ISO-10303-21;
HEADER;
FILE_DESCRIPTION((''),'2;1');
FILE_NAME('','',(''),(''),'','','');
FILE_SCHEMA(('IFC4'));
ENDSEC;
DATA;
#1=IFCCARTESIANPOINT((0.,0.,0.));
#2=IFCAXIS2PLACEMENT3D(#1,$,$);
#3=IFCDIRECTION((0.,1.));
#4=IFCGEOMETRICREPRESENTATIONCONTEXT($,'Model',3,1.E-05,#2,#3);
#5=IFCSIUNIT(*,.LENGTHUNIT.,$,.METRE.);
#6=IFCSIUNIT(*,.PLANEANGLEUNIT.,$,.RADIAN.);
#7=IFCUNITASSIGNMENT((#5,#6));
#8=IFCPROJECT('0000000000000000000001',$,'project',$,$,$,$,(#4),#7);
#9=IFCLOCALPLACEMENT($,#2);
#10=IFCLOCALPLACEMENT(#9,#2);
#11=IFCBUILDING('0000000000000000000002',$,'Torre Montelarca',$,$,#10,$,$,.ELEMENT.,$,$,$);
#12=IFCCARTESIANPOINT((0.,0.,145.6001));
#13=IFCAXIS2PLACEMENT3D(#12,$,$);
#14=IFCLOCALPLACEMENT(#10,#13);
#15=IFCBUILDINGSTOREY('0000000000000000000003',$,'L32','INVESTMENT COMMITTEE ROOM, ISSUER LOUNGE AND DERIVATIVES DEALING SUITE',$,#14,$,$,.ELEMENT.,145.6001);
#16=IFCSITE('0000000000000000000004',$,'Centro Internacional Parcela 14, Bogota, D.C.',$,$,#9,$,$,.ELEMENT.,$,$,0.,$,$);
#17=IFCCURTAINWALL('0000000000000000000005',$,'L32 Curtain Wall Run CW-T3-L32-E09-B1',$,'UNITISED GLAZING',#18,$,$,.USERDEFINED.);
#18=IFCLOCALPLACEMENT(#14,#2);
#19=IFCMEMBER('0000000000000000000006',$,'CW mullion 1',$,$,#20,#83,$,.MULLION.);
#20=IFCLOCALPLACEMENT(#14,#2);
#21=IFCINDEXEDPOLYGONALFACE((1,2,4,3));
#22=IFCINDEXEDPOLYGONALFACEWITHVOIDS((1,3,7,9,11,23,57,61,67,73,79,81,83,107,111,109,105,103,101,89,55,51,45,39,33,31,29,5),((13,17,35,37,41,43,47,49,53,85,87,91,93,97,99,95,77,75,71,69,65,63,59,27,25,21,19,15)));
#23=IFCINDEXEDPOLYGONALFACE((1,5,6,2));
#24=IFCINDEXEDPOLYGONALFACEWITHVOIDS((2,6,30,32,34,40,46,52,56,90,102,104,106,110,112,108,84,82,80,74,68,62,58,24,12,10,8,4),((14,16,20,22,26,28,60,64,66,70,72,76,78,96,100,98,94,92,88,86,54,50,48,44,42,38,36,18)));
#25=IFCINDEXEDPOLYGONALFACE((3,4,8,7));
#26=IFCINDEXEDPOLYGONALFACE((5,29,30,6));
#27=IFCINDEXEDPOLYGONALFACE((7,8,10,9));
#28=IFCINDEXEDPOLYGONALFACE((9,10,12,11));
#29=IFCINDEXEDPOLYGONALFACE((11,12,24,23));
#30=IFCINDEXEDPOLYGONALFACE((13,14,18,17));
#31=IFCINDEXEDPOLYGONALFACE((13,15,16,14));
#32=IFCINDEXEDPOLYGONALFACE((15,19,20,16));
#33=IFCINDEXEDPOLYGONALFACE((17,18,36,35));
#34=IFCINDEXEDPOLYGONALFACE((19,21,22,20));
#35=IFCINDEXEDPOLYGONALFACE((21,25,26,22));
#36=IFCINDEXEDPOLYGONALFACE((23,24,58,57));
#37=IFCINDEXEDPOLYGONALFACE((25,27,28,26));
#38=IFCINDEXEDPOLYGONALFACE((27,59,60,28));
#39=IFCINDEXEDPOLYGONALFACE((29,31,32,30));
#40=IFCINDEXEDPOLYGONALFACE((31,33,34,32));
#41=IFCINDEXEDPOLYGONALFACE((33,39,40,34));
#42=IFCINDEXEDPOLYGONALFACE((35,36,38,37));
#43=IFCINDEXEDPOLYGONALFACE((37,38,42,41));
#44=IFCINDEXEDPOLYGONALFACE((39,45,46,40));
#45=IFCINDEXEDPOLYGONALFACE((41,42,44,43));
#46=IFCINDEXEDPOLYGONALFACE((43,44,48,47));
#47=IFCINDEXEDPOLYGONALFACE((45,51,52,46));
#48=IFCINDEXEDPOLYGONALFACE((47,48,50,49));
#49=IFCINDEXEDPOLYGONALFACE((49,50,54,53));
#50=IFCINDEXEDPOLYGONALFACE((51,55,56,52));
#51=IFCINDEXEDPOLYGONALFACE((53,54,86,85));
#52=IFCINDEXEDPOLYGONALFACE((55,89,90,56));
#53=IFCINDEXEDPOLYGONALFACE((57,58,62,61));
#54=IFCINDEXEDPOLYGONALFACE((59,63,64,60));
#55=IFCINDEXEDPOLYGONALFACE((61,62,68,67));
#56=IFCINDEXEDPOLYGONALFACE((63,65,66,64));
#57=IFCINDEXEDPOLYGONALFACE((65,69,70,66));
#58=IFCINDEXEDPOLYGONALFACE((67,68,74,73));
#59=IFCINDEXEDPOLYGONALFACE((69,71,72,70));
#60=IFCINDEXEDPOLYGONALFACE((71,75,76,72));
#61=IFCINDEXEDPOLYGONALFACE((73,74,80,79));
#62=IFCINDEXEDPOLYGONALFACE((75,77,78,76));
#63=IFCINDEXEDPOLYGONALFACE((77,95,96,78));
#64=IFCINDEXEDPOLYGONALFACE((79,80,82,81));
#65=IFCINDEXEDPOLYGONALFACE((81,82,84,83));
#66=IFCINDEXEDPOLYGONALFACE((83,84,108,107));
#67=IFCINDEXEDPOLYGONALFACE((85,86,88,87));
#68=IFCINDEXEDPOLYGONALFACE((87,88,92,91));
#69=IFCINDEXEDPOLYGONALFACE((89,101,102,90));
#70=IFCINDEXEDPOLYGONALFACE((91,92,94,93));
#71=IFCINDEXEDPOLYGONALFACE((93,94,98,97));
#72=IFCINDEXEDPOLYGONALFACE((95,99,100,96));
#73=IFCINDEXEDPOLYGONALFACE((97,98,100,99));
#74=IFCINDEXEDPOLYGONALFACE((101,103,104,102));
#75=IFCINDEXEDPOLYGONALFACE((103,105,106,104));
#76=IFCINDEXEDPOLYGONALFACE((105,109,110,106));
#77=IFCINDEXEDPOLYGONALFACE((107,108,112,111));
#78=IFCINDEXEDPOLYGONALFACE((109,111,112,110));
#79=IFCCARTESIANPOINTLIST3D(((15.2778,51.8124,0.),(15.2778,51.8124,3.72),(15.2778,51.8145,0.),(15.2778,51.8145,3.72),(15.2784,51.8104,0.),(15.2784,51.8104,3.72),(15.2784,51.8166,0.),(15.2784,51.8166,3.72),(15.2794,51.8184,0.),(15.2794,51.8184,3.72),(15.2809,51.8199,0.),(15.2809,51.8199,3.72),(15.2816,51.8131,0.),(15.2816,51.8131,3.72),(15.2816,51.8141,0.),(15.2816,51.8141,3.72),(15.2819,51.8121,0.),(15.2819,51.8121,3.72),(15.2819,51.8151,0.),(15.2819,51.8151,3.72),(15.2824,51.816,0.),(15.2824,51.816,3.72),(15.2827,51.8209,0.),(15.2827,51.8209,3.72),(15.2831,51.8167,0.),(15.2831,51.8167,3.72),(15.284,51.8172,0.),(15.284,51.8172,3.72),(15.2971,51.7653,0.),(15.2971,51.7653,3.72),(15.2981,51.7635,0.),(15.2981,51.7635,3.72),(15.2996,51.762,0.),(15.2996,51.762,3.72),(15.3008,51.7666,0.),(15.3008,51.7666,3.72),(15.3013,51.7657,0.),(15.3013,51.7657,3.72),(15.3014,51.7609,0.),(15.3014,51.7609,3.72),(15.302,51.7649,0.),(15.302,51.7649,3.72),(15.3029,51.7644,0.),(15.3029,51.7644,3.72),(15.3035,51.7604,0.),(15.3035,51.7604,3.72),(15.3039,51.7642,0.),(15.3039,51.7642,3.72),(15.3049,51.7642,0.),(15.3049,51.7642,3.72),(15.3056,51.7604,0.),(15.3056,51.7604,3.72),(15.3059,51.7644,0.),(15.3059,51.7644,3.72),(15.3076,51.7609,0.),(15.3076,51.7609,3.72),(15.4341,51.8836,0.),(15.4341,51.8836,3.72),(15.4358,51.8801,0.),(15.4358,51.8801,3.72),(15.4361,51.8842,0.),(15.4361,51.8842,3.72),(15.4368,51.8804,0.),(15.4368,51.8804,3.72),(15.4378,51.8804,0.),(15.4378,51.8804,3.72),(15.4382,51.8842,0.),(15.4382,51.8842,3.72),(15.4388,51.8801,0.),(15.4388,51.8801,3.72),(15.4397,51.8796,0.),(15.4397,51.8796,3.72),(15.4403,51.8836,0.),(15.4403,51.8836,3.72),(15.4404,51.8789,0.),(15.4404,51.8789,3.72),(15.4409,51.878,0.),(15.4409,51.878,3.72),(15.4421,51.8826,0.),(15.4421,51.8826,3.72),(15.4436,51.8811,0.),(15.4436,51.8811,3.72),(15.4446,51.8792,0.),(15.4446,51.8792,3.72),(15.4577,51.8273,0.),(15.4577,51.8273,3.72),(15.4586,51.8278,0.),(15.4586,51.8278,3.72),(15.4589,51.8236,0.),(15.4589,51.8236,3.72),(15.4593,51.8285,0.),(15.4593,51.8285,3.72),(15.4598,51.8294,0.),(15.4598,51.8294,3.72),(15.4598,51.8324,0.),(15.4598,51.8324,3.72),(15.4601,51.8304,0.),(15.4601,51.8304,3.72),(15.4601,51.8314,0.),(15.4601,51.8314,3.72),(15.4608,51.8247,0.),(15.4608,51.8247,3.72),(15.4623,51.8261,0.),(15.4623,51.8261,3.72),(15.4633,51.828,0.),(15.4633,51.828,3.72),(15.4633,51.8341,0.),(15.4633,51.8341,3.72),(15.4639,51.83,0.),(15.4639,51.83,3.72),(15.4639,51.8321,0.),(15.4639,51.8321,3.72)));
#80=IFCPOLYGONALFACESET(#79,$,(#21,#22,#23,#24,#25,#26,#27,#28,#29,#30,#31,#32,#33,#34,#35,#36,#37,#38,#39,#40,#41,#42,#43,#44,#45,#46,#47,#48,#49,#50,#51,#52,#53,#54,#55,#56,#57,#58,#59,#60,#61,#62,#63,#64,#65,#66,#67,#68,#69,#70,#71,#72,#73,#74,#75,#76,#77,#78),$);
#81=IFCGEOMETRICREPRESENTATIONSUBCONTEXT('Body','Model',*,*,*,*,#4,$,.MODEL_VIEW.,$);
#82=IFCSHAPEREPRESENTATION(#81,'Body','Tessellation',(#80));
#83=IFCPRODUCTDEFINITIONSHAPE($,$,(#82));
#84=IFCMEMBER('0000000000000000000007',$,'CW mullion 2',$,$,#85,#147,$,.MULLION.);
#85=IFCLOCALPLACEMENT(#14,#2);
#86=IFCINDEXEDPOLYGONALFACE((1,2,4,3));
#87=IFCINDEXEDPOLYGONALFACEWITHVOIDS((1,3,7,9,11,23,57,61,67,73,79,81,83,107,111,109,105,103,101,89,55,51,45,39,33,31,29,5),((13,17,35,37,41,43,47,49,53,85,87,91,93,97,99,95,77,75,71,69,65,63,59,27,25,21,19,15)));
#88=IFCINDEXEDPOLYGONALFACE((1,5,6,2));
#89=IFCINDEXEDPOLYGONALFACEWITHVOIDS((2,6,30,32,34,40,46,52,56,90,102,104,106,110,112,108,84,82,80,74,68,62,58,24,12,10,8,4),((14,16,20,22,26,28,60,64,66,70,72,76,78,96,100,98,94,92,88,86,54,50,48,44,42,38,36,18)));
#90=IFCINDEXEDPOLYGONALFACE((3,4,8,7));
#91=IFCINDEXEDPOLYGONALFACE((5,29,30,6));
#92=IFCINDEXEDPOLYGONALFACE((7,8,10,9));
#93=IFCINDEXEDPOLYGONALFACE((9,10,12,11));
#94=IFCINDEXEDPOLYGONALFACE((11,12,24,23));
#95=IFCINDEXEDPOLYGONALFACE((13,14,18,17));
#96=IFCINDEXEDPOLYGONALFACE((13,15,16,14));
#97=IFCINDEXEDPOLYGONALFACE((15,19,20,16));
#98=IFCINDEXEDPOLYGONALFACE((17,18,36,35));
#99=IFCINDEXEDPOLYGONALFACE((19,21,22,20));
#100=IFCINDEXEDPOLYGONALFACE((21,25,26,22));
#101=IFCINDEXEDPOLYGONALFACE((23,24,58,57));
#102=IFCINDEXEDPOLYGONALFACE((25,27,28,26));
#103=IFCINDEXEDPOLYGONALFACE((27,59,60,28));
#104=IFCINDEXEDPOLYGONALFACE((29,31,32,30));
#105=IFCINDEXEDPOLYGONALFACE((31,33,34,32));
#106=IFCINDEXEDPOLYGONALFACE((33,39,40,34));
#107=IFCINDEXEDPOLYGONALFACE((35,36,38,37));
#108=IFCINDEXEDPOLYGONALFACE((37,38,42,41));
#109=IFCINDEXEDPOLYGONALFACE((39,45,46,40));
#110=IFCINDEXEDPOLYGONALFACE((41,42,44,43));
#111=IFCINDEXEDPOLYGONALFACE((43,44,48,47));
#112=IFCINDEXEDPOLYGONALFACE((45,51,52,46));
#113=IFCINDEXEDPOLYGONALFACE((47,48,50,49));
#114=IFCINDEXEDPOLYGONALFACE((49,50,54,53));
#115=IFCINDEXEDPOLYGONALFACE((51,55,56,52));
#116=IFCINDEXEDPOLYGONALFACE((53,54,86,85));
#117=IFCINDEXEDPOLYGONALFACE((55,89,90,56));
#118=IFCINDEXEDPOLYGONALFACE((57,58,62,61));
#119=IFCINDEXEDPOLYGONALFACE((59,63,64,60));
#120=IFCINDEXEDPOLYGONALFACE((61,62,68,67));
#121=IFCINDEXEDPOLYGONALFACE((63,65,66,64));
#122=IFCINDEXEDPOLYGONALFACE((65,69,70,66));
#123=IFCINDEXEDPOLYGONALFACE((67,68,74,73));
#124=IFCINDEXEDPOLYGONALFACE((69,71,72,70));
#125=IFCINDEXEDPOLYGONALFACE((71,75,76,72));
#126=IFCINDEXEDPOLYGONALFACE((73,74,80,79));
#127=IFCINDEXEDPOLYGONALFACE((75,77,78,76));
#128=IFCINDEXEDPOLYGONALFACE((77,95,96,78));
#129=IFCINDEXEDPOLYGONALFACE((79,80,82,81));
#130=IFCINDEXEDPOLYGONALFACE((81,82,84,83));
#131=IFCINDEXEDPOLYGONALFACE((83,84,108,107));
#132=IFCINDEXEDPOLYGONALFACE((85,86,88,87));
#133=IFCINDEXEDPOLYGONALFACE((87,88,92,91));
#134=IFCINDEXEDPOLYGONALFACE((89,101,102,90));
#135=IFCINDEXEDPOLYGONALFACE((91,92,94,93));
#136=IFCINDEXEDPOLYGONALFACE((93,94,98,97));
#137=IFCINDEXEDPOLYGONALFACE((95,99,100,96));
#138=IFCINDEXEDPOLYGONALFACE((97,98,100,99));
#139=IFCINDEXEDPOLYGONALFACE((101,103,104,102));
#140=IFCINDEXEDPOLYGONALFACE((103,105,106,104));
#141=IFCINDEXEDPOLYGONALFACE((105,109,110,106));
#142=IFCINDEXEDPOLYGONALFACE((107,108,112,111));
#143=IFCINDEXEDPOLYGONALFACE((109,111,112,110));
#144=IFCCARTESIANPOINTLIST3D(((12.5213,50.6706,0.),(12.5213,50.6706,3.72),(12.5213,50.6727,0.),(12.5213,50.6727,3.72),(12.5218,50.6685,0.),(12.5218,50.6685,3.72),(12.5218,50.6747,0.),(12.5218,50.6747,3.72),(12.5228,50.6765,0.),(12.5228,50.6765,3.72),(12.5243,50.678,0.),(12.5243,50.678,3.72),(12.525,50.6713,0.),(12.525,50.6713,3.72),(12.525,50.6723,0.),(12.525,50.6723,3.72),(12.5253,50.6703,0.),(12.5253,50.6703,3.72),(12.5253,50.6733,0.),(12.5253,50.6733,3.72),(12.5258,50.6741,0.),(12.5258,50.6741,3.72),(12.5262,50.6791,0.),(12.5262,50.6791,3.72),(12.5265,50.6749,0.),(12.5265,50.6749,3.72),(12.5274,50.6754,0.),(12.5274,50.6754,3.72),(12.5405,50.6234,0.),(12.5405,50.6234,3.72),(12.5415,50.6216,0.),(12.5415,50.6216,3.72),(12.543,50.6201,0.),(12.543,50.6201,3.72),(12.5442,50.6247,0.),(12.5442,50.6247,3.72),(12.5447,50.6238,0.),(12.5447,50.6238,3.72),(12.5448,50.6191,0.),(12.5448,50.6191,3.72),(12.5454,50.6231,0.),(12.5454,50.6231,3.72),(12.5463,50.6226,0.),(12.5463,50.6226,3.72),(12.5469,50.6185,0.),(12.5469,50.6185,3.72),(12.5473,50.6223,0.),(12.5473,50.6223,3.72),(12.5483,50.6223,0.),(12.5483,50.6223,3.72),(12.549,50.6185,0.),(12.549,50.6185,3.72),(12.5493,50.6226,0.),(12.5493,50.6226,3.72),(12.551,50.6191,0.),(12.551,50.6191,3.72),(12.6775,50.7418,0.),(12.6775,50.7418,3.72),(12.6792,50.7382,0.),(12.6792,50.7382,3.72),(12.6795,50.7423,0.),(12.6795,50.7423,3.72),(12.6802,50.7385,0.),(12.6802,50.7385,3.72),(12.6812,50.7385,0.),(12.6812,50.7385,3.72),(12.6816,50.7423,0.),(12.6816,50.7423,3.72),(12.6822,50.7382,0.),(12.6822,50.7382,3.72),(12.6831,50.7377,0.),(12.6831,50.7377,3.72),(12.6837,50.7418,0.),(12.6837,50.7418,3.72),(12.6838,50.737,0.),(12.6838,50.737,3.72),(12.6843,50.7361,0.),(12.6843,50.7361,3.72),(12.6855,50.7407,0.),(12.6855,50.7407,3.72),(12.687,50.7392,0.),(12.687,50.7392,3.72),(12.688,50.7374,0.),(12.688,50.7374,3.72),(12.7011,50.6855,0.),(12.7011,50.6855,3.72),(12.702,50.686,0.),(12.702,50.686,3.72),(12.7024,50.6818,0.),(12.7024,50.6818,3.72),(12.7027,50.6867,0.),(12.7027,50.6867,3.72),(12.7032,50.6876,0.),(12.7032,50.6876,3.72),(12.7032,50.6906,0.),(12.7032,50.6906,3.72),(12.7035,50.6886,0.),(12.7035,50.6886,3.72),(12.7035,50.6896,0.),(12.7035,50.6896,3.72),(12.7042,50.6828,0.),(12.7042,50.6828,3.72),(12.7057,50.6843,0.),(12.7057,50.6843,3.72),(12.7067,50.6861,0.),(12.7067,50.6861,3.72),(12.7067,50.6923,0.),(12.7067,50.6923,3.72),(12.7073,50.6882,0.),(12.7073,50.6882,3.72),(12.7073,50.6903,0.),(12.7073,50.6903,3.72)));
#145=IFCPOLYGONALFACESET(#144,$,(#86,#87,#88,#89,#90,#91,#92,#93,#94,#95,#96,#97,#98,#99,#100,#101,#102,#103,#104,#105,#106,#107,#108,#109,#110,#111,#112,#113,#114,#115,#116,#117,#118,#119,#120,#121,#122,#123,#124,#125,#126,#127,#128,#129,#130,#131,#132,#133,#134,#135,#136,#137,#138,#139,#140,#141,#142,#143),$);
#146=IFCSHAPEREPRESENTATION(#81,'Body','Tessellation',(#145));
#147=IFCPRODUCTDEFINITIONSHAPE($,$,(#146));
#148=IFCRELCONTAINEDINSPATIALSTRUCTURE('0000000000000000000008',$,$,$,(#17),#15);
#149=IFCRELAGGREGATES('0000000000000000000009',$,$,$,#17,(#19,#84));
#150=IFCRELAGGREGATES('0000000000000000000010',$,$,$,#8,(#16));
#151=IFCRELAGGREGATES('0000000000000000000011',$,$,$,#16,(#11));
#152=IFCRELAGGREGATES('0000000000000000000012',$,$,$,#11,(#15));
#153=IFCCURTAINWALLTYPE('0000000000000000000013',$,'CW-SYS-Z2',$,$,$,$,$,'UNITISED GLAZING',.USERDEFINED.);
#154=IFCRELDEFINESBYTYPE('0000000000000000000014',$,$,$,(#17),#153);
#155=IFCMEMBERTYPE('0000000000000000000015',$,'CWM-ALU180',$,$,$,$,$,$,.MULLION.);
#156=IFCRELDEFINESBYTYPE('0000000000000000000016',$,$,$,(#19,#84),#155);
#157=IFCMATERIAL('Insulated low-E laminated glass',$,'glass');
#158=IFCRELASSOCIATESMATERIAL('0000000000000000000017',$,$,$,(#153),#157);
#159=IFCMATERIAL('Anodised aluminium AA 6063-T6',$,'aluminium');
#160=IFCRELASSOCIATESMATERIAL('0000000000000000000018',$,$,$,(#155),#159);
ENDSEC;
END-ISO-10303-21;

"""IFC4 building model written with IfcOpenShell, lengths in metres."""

from ifc_helpers import new_model, si_unit, direction, frame, origin, origin_2d, place, context, subcontext, project, spatial, hollow_rectangle, extrude, source, transform, mapped, material, material_profile, profile_set, type_object, element, aggregate, save


model = new_model("IFC4")

# Units and contexts
model_context = context("Model", 3, precision=1e-05, world=origin(), true_north=direction((0.0, 1.0)))
body_context = subcontext(model_context, "Body", "Model", "MODEL_VIEW")
ifc_project = project(units=[si_unit("LENGTHUNIT", "METRE"), si_unit("PLANEANGLEUNIT", "RADIAN")], contexts=[model_context])

# Site, building, storey
site_placement = place(None, origin())
site = spatial("IfcSite", under=ifc_project, at=site_placement, Name="Centro Internacional Parcela 14, Bogota, D.C.", CompositionType="ELEMENT", RefElevation=0.0)
building_placement = place(site_placement, origin())
building = spatial("IfcBuilding", under=site, at=building_placement, Name="Torre Montelarca", CompositionType="ELEMENT")
storey_placement = place(building_placement, frame((0.0, 0.0, 145.6001)))
storey = spatial("IfcBuildingStorey", under=building, at=storey_placement, Name="L32", Description="INVESTMENT COMMITTEE ROOM, ISSUER LOUNGE AND DERIVATIVES DEALING SUITE", CompositionType="ELEMENT", Elevation=145.6001)

# Curtain wall
ifc_material_1 = material(Name="Insulated low-E laminated glass", Category="glass")
curtain_wall_type = type_object("IfcCurtainWallType", Name="CW-SYS-Z2", ElementType="UNITISED GLAZING", PredefinedType="USERDEFINED", material=ifc_material_1)
curtain_wall_1_placement = place(storey_placement, origin())
curtain_wall_1 = element("IfcCurtainWall", 1, at=curtain_wall_1_placement, inside=storey, type_object=curtain_wall_type, Name="L32 Curtain Wall Run CW-T3-L32-E09-B1", ObjectType="UNITISED GLAZING", PredefinedType="USERDEFINED")
ifc_material_2 = material(Name="Anodised aluminium AA 6063-T6", Category="aluminium")
ifc_material_profile_1 = material_profile(ifc_material_2, hollow_rectangle(XDim=0.0649, YDim=0.1799, WallThickness=0.0039, InnerFilletRadius=0.0039, OuterFilletRadius=0.0081, at=origin_2d()), Name="ALU65X180X4", Category="aluminium")
ifc_profile_set_1 = profile_set([ifc_material_profile_1], Name="Anodised aluminium AA 6063-T6")
member_type_1 = type_object("IfcMemberType", Name="CWM-ALU180", PredefinedType="MULLION", material=ifc_profile_set_1)
shared_shape_1 = source(origin(), body_context, "Body", "SweptSolid", [
    extrude(hollow_rectangle(XDim=0.0649, YDim=0.1799, WallThickness=0.0039, InnerFilletRadius=0.0039, OuterFilletRadius=0.0081, at=origin_2d()), origin(), (0.0, 0.0, 1.0), 3.72),
])

# Members
member_1_placement = place(storey_placement, frame((15.3708, 51.8223, 0.0), z_axis=(0.0, 0.0, 1.0), x_axis=(0.382676, -0.923883, 0.0)))
member_1 = element("IfcMember", 2, at=member_1_placement, type_object=member_type_1, Name="CW mullion 1", PredefinedType="MULLION", context=body_context, shape_type="MappedRepresentation", body=[
    mapped(shared_shape_1, transform((0.0, 0.0, 0.0), scale=1.0)),
])
member_2_placement = place(storey_placement, frame((12.6143, 50.6804, 0.0), z_axis=(0.0, 0.0, 1.0), x_axis=(0.382676, -0.923883, 0.0)))
member_2 = element("IfcMember", 3, at=member_2_placement, type_object=member_type_1, Name="CW mullion 2", PredefinedType="MULLION", context=body_context, shape_type="MappedRepresentation", body=[
    mapped(shared_shape_1, transform((0.0, 0.0, 0.0), scale=1.0)),
])

aggregate(curtain_wall_1, [member_1, member_2])

save(model, "model.ifc")
